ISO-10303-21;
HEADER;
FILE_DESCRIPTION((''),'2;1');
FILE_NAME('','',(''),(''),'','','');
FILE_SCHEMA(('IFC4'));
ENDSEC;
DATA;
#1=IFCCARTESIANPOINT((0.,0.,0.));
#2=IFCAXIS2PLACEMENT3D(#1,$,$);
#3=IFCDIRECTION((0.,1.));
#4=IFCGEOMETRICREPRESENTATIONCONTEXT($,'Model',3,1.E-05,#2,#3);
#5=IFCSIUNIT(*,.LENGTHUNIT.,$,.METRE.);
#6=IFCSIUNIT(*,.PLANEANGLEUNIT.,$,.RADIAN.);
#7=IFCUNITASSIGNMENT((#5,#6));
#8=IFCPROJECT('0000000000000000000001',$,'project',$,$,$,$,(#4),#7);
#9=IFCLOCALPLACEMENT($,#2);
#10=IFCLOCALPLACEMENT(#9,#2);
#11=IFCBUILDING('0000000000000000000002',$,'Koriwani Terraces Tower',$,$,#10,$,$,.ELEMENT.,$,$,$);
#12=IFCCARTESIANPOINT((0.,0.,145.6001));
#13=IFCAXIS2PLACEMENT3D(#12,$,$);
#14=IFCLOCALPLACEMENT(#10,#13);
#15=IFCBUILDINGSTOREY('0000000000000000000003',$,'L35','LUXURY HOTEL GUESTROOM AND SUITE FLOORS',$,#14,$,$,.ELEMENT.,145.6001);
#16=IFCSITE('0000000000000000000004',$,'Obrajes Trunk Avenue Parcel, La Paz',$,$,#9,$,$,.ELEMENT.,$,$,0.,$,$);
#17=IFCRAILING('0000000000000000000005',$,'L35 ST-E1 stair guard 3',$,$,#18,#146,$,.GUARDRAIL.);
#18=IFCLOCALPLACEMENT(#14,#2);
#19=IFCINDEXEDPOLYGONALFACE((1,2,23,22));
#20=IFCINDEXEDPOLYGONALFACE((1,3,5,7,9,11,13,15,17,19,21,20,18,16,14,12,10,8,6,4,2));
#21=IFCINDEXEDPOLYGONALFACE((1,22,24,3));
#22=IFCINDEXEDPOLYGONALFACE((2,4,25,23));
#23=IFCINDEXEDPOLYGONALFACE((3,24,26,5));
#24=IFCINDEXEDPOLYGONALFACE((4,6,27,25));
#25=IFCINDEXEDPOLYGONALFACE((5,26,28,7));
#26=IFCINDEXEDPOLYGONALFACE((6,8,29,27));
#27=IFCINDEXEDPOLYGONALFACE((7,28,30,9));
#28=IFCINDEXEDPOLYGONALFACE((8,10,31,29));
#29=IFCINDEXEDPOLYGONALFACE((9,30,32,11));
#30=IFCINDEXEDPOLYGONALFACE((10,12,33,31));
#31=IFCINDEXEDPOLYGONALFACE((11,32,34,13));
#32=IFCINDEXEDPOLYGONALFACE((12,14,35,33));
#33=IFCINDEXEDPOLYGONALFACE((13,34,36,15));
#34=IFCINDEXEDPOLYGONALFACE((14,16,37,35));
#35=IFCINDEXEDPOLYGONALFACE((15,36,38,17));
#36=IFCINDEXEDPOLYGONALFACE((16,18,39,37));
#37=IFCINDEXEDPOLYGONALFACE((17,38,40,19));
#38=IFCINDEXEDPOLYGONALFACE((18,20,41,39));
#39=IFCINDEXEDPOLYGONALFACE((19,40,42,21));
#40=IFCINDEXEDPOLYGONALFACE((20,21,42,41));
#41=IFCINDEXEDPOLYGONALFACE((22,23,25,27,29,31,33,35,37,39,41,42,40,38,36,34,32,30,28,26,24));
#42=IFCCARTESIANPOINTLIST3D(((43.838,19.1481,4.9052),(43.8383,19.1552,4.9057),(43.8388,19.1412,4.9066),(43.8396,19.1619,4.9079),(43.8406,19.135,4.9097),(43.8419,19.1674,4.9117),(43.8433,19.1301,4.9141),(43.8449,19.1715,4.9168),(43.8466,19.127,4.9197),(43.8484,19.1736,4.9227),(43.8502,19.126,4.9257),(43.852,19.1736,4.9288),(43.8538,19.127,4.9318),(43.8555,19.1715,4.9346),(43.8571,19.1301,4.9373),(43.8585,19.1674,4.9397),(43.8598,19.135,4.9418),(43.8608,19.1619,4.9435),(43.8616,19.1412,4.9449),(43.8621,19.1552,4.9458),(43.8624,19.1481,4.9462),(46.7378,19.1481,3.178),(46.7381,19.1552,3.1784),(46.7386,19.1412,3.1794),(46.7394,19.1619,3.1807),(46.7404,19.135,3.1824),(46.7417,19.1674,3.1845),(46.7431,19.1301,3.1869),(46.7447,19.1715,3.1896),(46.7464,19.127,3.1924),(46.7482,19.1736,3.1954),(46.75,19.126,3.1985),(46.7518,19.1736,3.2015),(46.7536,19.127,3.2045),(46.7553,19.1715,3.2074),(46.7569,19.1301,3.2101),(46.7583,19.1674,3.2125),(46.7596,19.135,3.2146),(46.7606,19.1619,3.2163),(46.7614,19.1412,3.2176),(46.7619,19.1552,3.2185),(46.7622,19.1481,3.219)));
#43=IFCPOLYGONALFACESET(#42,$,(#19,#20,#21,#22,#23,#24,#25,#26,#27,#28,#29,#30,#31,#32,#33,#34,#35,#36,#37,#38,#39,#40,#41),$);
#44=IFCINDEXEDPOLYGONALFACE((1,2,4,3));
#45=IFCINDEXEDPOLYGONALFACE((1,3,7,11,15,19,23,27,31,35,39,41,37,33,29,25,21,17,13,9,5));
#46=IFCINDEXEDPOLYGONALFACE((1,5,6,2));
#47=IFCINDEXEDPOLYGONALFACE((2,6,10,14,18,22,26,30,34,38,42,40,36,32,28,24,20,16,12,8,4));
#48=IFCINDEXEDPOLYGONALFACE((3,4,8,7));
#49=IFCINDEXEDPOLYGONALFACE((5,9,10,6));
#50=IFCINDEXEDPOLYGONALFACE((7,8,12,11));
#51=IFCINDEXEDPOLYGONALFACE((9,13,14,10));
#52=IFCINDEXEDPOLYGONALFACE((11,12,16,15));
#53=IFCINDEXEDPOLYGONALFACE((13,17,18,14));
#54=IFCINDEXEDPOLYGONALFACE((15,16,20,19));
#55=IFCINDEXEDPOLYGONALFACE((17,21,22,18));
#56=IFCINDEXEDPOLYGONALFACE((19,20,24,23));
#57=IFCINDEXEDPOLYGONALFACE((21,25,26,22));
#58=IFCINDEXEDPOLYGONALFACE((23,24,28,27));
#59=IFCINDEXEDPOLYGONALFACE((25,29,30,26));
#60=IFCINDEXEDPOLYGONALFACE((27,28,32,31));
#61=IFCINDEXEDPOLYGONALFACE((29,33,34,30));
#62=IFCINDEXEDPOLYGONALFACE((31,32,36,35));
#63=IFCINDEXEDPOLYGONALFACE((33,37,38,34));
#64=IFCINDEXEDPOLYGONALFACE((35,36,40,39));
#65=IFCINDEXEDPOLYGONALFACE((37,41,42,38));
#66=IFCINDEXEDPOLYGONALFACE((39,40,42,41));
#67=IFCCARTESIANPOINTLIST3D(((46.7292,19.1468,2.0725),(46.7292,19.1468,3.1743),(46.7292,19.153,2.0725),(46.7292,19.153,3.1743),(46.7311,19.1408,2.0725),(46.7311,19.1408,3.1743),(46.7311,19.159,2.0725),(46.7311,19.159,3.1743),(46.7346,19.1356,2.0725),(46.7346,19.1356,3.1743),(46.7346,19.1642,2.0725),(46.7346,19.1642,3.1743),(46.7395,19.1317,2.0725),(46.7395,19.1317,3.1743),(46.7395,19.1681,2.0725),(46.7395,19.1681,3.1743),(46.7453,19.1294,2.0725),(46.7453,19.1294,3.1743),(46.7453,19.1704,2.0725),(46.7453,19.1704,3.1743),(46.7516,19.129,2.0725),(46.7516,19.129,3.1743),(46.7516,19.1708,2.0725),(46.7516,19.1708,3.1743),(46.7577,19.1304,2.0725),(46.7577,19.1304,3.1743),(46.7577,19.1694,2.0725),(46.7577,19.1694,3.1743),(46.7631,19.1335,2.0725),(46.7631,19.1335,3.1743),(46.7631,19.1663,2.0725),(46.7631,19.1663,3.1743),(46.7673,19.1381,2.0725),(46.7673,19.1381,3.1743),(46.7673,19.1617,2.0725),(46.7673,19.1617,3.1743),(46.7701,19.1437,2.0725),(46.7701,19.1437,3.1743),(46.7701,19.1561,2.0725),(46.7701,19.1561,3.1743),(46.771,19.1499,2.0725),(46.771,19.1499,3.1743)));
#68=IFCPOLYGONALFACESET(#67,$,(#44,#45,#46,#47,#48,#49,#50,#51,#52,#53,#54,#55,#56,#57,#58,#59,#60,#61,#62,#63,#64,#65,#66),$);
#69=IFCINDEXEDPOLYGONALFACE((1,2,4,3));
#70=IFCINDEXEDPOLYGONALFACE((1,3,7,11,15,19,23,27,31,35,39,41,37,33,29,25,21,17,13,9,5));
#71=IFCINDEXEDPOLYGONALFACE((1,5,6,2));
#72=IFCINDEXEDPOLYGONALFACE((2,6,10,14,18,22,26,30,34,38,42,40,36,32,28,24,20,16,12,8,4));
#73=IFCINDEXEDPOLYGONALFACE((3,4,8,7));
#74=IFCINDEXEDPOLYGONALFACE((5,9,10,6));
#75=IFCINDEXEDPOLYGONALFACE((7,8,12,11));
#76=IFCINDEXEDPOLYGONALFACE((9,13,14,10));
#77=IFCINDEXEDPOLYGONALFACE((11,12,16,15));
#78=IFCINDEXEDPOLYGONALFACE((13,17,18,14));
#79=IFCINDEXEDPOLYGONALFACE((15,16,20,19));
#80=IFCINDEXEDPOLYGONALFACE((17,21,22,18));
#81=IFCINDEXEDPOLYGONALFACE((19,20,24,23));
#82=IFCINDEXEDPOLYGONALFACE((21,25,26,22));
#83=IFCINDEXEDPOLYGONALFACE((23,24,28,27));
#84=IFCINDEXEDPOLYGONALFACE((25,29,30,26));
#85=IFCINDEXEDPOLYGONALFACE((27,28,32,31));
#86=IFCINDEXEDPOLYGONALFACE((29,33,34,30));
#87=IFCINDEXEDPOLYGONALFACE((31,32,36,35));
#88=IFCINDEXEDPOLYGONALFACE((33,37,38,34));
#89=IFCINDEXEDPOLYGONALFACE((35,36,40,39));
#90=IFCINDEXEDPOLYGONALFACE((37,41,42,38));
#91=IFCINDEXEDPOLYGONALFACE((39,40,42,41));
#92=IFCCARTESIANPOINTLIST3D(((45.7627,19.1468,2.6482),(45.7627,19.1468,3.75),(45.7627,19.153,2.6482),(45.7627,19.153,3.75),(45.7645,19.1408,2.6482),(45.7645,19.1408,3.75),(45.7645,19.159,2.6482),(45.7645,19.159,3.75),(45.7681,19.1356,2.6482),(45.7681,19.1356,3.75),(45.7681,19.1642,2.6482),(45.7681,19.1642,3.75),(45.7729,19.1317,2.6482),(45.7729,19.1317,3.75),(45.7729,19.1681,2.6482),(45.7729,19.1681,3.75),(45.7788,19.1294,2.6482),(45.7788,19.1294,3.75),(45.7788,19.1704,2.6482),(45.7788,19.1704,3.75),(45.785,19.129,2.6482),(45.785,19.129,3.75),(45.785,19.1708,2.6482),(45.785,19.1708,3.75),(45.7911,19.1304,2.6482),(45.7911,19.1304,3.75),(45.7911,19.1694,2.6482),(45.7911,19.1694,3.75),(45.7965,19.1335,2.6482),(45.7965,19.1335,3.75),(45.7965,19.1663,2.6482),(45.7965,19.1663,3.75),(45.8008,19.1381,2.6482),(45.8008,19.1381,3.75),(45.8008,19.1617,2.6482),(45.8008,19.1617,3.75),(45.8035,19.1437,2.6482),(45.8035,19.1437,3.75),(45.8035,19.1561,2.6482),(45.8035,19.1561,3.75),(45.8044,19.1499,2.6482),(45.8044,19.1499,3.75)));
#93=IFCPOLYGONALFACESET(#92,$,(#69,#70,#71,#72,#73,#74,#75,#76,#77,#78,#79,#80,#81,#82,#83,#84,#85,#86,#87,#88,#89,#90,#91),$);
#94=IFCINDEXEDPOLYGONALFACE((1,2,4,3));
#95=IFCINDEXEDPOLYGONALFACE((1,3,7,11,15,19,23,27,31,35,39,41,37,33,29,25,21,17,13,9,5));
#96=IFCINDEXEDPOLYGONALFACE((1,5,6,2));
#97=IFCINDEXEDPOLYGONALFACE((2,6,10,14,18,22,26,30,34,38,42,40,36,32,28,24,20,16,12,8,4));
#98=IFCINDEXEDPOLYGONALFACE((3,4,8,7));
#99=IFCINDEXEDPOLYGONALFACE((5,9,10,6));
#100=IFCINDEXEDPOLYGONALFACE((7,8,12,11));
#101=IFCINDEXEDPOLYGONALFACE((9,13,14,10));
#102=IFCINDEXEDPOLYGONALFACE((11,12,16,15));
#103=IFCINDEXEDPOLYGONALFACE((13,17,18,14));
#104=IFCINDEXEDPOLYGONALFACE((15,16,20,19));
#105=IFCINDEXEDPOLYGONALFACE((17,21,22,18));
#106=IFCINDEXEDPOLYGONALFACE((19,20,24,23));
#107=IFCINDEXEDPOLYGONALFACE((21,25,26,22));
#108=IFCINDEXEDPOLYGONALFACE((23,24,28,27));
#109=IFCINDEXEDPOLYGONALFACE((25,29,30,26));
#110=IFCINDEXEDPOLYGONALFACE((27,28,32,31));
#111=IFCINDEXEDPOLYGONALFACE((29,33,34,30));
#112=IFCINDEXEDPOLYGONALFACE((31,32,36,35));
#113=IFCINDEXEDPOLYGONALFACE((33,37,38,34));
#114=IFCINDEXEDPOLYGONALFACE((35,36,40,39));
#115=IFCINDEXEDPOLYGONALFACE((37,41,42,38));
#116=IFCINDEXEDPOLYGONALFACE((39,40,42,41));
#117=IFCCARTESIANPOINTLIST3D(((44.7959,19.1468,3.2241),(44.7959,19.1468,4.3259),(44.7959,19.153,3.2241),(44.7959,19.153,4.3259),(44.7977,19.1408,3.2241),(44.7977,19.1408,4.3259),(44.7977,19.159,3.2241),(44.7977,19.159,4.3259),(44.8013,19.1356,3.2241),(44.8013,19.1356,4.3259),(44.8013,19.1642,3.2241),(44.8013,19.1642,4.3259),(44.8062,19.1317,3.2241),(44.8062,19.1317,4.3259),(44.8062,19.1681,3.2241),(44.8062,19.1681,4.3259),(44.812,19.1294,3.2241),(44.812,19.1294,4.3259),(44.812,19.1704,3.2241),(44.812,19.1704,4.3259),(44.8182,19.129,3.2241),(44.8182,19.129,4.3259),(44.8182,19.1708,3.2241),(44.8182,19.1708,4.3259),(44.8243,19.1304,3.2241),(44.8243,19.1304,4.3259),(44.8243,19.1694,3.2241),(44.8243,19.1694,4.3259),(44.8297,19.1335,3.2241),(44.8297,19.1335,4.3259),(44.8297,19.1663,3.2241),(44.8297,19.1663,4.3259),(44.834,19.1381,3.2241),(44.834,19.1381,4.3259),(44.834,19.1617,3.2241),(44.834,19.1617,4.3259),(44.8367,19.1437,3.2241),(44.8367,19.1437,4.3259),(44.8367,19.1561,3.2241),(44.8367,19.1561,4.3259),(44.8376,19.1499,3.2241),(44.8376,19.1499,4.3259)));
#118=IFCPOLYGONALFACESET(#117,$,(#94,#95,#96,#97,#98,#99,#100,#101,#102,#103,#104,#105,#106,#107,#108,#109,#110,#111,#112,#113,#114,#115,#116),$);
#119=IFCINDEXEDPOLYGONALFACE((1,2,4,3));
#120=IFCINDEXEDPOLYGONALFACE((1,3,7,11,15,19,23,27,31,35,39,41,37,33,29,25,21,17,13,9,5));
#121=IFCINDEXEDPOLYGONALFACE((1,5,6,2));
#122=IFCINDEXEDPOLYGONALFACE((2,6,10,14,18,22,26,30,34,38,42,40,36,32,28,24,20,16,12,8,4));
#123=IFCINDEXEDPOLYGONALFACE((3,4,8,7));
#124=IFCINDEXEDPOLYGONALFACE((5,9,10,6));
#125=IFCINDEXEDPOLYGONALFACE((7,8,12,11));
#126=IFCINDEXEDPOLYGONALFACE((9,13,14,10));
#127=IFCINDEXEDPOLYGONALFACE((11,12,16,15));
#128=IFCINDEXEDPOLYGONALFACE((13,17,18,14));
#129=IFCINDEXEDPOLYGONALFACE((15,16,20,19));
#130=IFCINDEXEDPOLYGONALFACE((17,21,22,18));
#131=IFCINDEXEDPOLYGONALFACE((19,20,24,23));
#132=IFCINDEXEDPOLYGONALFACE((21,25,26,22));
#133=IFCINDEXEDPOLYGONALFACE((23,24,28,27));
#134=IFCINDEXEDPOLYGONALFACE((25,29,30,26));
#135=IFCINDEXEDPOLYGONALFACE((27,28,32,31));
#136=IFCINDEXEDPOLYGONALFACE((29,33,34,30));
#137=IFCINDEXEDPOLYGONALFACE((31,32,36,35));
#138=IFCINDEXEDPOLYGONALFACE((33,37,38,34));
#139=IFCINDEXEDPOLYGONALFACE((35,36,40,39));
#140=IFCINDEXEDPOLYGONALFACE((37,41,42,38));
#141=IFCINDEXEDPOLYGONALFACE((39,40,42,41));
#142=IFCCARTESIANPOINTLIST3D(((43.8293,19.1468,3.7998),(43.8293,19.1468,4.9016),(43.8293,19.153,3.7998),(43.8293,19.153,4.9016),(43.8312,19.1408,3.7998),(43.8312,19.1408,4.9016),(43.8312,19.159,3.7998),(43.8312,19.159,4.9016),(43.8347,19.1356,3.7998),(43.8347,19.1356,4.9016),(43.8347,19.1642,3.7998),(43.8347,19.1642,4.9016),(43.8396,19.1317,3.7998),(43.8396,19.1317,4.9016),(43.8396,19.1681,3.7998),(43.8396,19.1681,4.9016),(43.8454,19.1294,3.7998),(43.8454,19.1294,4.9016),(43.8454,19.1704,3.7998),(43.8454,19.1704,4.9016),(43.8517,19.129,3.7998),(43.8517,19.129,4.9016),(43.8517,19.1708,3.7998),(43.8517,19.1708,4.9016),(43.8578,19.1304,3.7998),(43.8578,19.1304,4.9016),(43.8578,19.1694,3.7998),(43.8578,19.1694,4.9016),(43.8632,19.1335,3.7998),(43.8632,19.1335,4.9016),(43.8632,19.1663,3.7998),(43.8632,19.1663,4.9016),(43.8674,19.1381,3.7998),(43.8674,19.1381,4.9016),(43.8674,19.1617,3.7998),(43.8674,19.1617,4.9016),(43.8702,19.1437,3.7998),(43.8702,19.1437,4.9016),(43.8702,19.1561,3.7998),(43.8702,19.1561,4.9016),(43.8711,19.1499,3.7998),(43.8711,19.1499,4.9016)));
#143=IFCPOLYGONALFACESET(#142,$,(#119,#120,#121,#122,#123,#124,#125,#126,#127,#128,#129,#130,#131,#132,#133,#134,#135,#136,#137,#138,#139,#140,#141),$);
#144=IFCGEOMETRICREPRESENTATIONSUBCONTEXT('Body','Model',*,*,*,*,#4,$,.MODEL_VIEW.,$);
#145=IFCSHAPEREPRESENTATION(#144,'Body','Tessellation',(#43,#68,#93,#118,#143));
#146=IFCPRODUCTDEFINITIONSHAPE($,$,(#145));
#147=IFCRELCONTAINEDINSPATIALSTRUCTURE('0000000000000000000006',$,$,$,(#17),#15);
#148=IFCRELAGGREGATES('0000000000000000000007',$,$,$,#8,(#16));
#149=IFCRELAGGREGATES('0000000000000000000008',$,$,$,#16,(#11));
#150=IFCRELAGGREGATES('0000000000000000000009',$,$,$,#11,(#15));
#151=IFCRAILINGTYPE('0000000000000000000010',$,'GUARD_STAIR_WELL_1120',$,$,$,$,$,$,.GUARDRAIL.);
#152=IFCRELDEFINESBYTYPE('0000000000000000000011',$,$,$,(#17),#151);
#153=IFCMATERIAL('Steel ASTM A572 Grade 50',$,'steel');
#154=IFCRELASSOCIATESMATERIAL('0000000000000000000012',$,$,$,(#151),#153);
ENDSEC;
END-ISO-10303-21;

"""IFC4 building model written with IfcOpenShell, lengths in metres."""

from ifc_helpers import new_model, si_unit, direction, frame, origin, origin_2d, place, context, subcontext, project, spatial, circle, extrude, material, type_object, element, save


model = new_model("IFC4")

# Units and contexts
model_context = context("Model", 3, precision=1e-05, world=origin(), true_north=direction((0.0, 1.0)))
body_context = subcontext(model_context, "Body", "Model", "MODEL_VIEW")
ifc_project = project(units=[si_unit("LENGTHUNIT", "METRE"), si_unit("PLANEANGLEUNIT", "RADIAN")], contexts=[model_context])

# Site, building, storey
site_placement = place(None, origin())
site = spatial("IfcSite", under=ifc_project, at=site_placement, Name="Obrajes Trunk Avenue Parcel, La Paz", CompositionType="ELEMENT", RefElevation=0.0)
building_placement = place(site_placement, origin())
building = spatial("IfcBuilding", under=site, at=building_placement, Name="Koriwani Terraces Tower", CompositionType="ELEMENT")
storey_placement = place(building_placement, frame((0.0, 0.0, 145.6001)))
storey = spatial("IfcBuildingStorey", under=building, at=storey_placement, Name="L35", Description="LUXURY HOTEL GUESTROOM AND SUITE FLOORS", CompositionType="ELEMENT", Elevation=145.6001)

# Shared definitions
ifc_material_1 = material(Name="Steel ASTM A572 Grade 50", Category="steel")

# Railing
railing_type_1 = type_object("IfcRailingType", Name="GUARD_STAIR_WELL_1120", PredefinedType="GUARDRAIL", material=ifc_material_1)
railing_1_placement = place(storey_placement, frame((46.75, 19.1499, 2.0725)))
element("IfcRailing", 1, at=railing_1_placement, inside=storey, type_object=railing_type_1, Name="L35 ST-E1 stair guard 3", PredefinedType="GUARDRAIL", context=body_context, shape_type="SweptSolid", body=[
    extrude(circle(Radius=0.0239, at=origin_2d()), frame((0.0, 0.0, 1.126), z_axis=(-0.859141, 0.0, 0.511738), x_axis=(0.0, -1.0, 0.0)), (0.0, 0.0, 1.0), 3.3752),
    extrude(circle(Radius=0.021, at=origin_2d()), origin(), (0.0, 0.0, 1.0), 1.1018),
    extrude(circle(Radius=0.021, at=origin_2d()), frame((-0.9666, 0.0, 0.5757)), (0.0, 0.0, 1.0), 1.1018),
    extrude(circle(Radius=0.021, at=origin_2d()), frame((-1.9333, 0.0, 1.1516)), (0.0, 0.0, 1.0), 1.1018),
    extrude(circle(Radius=0.021, at=origin_2d()), frame((-2.8999, 0.0, 1.7273)), (0.0, 0.0, 1.0), 1.1018),
])

save(model, "model.ifc")
